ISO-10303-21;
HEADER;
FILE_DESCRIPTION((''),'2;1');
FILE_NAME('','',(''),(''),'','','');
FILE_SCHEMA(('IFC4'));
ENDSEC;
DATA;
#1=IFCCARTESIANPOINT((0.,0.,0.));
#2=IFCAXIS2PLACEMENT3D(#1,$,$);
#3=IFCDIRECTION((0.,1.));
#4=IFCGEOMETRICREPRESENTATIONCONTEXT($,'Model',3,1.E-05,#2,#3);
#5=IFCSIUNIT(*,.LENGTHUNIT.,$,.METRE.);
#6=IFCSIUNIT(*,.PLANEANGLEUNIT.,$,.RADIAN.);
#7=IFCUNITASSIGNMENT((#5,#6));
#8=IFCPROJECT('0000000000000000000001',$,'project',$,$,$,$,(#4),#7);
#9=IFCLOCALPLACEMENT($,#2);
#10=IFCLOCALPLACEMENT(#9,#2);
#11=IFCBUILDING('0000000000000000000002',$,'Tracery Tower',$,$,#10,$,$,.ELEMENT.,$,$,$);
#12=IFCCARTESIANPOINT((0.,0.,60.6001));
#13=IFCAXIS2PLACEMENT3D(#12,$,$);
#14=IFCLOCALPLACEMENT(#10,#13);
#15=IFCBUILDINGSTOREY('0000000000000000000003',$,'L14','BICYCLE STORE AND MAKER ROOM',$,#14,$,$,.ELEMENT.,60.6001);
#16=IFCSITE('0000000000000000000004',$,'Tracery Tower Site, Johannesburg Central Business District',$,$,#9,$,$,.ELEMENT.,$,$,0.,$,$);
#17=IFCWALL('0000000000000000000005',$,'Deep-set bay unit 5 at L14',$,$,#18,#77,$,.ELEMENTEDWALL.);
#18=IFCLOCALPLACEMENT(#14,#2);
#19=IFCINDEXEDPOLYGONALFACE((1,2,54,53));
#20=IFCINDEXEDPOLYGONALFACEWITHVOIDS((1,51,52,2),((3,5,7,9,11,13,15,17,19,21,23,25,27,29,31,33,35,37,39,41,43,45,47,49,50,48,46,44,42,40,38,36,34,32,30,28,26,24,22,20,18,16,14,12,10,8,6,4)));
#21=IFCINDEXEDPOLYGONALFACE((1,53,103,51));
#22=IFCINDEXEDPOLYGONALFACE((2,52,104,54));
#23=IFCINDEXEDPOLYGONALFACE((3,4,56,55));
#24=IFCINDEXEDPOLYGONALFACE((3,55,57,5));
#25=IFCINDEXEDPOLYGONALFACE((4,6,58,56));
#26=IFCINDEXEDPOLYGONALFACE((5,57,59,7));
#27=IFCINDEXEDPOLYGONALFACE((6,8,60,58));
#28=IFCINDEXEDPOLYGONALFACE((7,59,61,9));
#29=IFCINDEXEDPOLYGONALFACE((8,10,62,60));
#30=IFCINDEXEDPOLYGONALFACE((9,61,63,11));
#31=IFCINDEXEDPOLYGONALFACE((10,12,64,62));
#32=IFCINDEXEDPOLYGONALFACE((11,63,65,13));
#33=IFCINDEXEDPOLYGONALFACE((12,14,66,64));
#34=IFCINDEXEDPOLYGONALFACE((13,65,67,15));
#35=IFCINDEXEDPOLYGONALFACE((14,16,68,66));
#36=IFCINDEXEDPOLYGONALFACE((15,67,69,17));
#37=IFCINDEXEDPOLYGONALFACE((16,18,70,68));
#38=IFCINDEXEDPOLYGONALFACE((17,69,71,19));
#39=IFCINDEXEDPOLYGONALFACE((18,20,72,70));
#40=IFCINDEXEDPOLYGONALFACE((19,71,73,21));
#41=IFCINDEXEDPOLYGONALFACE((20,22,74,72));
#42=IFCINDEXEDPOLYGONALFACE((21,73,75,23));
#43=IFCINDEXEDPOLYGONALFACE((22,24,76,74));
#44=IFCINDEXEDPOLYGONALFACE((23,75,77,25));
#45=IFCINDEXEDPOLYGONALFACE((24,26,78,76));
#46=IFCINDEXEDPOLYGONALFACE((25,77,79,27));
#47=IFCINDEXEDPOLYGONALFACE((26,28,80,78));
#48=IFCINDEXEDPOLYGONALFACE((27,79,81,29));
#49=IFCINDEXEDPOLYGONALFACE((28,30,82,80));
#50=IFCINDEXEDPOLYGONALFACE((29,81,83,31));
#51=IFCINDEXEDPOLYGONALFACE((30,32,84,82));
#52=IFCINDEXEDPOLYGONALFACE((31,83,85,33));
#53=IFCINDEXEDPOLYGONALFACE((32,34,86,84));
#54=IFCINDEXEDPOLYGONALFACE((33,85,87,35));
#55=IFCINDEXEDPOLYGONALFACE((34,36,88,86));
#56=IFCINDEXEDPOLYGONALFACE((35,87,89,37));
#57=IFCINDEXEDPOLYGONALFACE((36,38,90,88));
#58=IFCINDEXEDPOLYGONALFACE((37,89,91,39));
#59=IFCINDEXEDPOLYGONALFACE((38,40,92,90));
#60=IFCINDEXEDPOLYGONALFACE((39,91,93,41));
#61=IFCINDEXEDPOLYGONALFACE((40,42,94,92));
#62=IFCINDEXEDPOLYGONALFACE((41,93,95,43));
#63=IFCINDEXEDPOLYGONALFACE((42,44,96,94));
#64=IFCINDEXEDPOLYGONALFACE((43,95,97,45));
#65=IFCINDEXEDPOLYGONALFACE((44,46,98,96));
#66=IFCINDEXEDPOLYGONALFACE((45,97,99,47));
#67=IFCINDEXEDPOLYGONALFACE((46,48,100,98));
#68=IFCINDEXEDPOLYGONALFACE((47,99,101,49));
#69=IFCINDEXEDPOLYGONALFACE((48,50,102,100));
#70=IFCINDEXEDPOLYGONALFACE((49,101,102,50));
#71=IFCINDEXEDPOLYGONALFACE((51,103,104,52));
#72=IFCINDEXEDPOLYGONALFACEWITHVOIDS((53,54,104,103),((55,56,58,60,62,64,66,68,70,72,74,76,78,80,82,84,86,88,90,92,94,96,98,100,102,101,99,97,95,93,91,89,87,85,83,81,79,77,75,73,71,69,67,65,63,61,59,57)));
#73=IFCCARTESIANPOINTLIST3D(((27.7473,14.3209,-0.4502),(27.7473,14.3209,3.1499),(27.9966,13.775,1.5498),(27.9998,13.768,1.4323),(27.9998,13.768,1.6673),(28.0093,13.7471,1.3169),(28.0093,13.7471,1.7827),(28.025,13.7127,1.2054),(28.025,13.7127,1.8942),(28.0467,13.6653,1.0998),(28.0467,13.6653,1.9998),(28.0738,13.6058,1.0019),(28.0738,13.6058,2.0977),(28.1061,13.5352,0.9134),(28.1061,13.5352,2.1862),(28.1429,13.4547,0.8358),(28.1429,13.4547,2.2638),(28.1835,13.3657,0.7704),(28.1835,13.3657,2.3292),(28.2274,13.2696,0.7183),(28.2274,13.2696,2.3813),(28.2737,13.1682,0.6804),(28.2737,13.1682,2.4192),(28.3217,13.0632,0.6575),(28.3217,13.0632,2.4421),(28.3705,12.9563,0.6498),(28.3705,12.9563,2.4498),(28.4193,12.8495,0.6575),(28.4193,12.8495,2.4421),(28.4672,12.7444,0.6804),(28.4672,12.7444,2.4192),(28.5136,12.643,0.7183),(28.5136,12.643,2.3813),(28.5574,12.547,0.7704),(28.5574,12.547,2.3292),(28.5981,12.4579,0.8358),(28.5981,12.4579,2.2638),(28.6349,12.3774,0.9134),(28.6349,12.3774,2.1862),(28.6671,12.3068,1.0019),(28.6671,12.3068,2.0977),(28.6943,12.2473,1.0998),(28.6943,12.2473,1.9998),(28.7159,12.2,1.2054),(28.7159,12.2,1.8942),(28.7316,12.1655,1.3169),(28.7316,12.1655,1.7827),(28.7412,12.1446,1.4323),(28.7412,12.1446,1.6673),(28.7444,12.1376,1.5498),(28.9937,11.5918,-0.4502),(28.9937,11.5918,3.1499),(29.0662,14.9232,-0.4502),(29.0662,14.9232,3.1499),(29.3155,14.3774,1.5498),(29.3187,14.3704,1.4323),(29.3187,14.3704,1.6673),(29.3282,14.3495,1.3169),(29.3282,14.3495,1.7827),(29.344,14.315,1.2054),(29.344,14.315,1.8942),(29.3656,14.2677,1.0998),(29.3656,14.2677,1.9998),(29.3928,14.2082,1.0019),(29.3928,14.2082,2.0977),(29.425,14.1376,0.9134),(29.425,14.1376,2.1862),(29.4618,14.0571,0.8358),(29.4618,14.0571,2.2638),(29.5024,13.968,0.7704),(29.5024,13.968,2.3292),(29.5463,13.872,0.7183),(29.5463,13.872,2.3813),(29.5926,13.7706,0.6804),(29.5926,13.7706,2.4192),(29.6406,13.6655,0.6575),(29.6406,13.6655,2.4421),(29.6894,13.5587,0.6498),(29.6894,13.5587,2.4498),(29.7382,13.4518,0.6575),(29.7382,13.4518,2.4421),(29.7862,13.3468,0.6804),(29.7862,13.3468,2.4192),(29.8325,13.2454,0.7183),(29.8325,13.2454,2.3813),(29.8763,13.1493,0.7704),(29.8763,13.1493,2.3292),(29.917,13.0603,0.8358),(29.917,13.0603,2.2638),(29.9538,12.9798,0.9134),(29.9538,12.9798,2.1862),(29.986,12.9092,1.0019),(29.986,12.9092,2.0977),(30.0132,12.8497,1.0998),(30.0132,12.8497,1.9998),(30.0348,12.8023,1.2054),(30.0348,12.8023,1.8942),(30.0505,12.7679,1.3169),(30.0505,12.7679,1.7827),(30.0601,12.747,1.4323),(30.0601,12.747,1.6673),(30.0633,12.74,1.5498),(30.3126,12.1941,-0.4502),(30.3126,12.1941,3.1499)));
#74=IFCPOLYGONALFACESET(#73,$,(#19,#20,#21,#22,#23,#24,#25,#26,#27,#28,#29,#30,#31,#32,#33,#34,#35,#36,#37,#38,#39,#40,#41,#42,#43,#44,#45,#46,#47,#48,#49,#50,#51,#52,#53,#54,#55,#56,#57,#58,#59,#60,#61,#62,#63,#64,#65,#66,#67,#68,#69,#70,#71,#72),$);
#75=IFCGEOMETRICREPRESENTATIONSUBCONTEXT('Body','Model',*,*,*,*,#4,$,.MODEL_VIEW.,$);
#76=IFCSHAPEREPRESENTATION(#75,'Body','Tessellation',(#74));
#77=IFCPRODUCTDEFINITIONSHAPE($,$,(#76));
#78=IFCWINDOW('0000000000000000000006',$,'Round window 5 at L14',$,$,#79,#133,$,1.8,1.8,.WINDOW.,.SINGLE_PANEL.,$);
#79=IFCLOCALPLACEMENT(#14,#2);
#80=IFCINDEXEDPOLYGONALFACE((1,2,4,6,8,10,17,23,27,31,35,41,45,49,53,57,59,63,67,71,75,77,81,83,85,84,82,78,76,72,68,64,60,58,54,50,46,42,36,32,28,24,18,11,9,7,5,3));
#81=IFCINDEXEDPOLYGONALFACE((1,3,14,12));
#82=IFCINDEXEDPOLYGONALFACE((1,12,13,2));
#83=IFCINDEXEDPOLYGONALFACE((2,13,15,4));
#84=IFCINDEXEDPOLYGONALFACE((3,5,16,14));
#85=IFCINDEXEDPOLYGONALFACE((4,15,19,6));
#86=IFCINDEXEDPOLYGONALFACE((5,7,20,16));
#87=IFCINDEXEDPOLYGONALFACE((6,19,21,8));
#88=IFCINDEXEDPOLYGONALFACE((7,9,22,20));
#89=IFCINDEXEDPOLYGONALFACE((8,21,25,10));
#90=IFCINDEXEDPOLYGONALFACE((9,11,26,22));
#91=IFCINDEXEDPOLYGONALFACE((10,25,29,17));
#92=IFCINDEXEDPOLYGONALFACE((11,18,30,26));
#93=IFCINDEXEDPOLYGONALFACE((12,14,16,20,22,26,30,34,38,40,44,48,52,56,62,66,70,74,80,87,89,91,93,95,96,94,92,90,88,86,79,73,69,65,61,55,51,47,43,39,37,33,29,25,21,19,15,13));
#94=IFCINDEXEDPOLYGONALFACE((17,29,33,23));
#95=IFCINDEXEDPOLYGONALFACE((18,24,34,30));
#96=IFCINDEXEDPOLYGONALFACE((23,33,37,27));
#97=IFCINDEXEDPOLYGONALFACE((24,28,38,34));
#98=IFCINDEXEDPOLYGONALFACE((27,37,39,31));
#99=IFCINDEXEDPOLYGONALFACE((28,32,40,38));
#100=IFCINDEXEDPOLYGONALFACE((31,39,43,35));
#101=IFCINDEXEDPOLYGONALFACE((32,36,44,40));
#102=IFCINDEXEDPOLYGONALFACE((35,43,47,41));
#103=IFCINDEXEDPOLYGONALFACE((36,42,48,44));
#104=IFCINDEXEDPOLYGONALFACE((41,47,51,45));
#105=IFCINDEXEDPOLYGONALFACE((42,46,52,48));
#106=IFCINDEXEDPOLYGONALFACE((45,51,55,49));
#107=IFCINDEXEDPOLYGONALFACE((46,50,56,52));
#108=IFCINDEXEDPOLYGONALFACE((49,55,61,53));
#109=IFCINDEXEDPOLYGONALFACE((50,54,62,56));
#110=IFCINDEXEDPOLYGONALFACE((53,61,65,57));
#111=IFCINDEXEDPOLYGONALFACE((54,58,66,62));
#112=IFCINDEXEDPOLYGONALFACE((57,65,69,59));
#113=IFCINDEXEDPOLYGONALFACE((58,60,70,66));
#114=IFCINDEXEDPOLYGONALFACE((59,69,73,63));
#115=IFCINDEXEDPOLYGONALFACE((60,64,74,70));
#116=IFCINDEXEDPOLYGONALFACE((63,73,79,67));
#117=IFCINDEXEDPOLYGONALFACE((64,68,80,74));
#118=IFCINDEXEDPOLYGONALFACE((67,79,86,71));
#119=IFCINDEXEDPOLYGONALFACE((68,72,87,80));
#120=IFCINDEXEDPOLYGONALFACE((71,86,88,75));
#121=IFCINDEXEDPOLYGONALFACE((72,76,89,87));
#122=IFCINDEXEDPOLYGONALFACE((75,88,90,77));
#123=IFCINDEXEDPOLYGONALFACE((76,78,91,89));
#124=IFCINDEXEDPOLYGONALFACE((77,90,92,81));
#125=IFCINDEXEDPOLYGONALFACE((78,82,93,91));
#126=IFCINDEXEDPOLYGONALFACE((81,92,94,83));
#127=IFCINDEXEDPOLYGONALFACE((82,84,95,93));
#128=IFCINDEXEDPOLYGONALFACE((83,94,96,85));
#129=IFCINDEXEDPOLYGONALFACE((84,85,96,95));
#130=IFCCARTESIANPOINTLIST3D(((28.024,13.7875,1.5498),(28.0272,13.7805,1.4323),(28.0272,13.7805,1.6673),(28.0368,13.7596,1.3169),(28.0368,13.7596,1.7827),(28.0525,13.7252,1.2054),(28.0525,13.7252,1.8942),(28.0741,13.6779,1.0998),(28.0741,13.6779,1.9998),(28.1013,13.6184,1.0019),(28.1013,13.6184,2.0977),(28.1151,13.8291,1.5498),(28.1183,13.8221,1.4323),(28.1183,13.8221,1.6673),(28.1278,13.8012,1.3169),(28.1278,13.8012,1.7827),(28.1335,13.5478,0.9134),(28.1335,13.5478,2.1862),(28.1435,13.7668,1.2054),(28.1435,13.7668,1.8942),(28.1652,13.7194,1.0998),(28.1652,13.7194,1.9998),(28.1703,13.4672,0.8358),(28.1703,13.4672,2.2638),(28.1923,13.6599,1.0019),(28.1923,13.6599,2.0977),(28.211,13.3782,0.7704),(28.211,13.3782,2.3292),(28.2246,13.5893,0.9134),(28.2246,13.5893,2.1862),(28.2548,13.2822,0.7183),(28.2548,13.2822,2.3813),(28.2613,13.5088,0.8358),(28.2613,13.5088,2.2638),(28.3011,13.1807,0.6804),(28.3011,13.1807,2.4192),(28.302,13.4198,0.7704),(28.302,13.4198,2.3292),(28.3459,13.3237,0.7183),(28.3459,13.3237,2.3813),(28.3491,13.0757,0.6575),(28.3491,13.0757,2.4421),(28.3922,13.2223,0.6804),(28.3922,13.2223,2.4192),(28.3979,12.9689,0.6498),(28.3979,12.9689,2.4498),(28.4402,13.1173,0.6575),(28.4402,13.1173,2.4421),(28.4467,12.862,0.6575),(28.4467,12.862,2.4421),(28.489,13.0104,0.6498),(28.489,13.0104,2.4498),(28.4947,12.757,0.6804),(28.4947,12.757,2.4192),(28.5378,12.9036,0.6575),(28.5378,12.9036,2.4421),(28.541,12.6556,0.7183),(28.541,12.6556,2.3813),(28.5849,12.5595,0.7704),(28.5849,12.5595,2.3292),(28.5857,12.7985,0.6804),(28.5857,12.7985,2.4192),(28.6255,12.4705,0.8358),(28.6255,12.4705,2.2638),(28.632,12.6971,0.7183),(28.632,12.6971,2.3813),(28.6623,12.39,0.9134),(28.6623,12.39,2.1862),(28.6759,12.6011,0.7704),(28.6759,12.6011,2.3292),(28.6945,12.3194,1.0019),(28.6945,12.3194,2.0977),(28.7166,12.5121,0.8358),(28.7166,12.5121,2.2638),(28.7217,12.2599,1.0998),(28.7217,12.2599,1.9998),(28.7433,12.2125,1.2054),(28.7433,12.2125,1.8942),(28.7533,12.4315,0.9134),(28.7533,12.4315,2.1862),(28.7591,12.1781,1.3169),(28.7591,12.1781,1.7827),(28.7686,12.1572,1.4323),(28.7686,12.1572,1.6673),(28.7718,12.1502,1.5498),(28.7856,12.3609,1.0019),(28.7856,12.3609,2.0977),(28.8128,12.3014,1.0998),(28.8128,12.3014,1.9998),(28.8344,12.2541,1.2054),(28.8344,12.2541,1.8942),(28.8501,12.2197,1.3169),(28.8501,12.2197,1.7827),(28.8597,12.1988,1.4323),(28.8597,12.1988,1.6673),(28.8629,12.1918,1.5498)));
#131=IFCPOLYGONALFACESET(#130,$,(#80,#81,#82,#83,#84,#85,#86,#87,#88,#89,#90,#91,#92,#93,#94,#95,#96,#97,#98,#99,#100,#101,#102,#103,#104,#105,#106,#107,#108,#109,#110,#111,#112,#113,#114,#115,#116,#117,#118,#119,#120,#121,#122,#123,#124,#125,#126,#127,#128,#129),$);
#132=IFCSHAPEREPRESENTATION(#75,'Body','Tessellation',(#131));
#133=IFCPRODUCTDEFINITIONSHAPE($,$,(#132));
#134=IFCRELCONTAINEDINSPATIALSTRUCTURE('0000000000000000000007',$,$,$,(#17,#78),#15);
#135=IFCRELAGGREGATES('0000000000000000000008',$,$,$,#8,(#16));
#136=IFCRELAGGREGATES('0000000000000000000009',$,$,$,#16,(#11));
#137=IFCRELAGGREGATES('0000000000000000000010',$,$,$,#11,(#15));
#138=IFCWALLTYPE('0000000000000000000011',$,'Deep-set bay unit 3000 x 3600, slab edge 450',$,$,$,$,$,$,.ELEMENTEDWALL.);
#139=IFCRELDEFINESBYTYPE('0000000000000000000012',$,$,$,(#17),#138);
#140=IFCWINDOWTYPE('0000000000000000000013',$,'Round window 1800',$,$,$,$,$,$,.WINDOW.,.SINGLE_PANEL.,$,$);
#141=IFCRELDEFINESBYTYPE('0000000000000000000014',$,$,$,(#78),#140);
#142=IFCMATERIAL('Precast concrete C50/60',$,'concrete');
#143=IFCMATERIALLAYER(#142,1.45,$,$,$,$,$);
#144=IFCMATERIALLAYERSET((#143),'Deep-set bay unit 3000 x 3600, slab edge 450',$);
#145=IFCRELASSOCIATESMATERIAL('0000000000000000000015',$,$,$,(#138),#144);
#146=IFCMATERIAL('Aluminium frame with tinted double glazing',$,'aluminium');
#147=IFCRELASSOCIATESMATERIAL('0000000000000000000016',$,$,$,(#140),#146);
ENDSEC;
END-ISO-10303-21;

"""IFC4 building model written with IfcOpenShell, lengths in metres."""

from ifc_helpers import new_model, si_unit, direction, frame, frame_2d, origin, origin_2d, place, context, subcontext, project, spatial, rectangle, circle, extrude, material, layer, layer_set, type_object, element, fill, save


model = new_model("IFC4")

# Units and contexts
model_context = context("Model", 3, precision=1e-05, world=origin(), true_north=direction((0.0, 1.0)))
body_context = subcontext(model_context, "Body", "Model", "MODEL_VIEW")
ifc_project = project(units=[si_unit("LENGTHUNIT", "METRE"), si_unit("PLANEANGLEUNIT", "RADIAN")], contexts=[model_context])

# Site, building, storey
site_placement = place(None, origin())
site = spatial("IfcSite", under=ifc_project, at=site_placement, Name="Tracery Tower Site, Johannesburg Central Business District", CompositionType="ELEMENT", RefElevation=0.0)
building_placement = place(site_placement, origin())
building = spatial("IfcBuilding", under=site, at=building_placement, Name="Tracery Tower", CompositionType="ELEMENT")
storey_placement = place(building_placement, frame((0.0, 0.0, 60.6001)))
storey = spatial("IfcBuildingStorey", under=building, at=storey_placement, Name="L14", Description="BICYCLE STORE AND MAKER ROOM", CompositionType="ELEMENT", Elevation=60.6001)

# Wall, opening, window
ifc_material_1 = material(Name="Precast concrete C50/60", Category="concrete")
ifc_layer_1 = layer(ifc_material_1, 1.45)
ifc_layer_set_1 = layer_set([ifc_layer_1], Name="Deep-set bay unit 3000 x 3600, slab edge 450")
wall_type_1 = type_object("IfcWallType", Name="Deep-set bay unit 3000 x 3600, slab edge 450", PredefinedType="ELEMENTEDWALL", material=ifc_layer_set_1)
wall_1_placement = place(storey_placement, frame((29.6531, 11.8931, -0.4502), z_axis=(0.0, 0.0, 1.0), x_axis=(-0.415427, 0.909627, 0.0)))
wall_1 = element("IfcWall", 1, at=wall_1_placement, inside=storey, type_object=wall_type_1, Name="Deep-set bay unit 5 at L14", PredefinedType="ELEMENTEDWALL", context=body_context, shape_type="SweptSolid", body=[
    extrude(rectangle(XDim=3.0002, YDim=1.45, at=frame_2d((1.5, 0.0))), origin(), (0.0, 0.0, 1.0), 3.6001),
])
opening_1_placement = place(wall_1_placement, frame((1.5, 0.0, 2.0)))
opening_1 = element("IfcOpeningElement", 2, at=opening_1_placement, cuts=wall_1, PredefinedType="OPENING", context=body_context, shape_type="SweptSolid", body=[
    extrude(circle(Radius=0.9, at=origin_2d()), frame((0.0, 0.7349, 0.0), z_axis=(0.0, -1.0, 0.0), x_axis=(1.0, 0.0, 0.0)), (0.0, 0.0, 1.0), 1.47),
])
ifc_material_2 = material(Name="Aluminium frame with tinted double glazing", Category="aluminium")
window_type = type_object("IfcWindowType", Name="Round window 1800", PartitioningType="SINGLE_PANEL", PredefinedType="WINDOW", material=ifc_material_2)
window_1_placement = place(opening_1_placement, origin())
window_1 = element("IfcWindow", 3, at=window_1_placement, inside=storey, type_object=window_type, Name="Round window 5 at L14", OverallHeight=1.8, OverallWidth=1.8, PartitioningType="SINGLE_PANEL", PredefinedType="WINDOW", context=body_context, shape_type="SweptSolid", body=[
    extrude(circle(Radius=0.9, at=origin_2d()), frame((0.0, 0.6948, 0.0), z_axis=(0.0, -1.0, 0.0), x_axis=(1.0, 0.0, 0.0)), (0.0, 0.0, 1.0), 0.1001),
])
fill(opening_1, window_1)

save(model, "model.ifc")
